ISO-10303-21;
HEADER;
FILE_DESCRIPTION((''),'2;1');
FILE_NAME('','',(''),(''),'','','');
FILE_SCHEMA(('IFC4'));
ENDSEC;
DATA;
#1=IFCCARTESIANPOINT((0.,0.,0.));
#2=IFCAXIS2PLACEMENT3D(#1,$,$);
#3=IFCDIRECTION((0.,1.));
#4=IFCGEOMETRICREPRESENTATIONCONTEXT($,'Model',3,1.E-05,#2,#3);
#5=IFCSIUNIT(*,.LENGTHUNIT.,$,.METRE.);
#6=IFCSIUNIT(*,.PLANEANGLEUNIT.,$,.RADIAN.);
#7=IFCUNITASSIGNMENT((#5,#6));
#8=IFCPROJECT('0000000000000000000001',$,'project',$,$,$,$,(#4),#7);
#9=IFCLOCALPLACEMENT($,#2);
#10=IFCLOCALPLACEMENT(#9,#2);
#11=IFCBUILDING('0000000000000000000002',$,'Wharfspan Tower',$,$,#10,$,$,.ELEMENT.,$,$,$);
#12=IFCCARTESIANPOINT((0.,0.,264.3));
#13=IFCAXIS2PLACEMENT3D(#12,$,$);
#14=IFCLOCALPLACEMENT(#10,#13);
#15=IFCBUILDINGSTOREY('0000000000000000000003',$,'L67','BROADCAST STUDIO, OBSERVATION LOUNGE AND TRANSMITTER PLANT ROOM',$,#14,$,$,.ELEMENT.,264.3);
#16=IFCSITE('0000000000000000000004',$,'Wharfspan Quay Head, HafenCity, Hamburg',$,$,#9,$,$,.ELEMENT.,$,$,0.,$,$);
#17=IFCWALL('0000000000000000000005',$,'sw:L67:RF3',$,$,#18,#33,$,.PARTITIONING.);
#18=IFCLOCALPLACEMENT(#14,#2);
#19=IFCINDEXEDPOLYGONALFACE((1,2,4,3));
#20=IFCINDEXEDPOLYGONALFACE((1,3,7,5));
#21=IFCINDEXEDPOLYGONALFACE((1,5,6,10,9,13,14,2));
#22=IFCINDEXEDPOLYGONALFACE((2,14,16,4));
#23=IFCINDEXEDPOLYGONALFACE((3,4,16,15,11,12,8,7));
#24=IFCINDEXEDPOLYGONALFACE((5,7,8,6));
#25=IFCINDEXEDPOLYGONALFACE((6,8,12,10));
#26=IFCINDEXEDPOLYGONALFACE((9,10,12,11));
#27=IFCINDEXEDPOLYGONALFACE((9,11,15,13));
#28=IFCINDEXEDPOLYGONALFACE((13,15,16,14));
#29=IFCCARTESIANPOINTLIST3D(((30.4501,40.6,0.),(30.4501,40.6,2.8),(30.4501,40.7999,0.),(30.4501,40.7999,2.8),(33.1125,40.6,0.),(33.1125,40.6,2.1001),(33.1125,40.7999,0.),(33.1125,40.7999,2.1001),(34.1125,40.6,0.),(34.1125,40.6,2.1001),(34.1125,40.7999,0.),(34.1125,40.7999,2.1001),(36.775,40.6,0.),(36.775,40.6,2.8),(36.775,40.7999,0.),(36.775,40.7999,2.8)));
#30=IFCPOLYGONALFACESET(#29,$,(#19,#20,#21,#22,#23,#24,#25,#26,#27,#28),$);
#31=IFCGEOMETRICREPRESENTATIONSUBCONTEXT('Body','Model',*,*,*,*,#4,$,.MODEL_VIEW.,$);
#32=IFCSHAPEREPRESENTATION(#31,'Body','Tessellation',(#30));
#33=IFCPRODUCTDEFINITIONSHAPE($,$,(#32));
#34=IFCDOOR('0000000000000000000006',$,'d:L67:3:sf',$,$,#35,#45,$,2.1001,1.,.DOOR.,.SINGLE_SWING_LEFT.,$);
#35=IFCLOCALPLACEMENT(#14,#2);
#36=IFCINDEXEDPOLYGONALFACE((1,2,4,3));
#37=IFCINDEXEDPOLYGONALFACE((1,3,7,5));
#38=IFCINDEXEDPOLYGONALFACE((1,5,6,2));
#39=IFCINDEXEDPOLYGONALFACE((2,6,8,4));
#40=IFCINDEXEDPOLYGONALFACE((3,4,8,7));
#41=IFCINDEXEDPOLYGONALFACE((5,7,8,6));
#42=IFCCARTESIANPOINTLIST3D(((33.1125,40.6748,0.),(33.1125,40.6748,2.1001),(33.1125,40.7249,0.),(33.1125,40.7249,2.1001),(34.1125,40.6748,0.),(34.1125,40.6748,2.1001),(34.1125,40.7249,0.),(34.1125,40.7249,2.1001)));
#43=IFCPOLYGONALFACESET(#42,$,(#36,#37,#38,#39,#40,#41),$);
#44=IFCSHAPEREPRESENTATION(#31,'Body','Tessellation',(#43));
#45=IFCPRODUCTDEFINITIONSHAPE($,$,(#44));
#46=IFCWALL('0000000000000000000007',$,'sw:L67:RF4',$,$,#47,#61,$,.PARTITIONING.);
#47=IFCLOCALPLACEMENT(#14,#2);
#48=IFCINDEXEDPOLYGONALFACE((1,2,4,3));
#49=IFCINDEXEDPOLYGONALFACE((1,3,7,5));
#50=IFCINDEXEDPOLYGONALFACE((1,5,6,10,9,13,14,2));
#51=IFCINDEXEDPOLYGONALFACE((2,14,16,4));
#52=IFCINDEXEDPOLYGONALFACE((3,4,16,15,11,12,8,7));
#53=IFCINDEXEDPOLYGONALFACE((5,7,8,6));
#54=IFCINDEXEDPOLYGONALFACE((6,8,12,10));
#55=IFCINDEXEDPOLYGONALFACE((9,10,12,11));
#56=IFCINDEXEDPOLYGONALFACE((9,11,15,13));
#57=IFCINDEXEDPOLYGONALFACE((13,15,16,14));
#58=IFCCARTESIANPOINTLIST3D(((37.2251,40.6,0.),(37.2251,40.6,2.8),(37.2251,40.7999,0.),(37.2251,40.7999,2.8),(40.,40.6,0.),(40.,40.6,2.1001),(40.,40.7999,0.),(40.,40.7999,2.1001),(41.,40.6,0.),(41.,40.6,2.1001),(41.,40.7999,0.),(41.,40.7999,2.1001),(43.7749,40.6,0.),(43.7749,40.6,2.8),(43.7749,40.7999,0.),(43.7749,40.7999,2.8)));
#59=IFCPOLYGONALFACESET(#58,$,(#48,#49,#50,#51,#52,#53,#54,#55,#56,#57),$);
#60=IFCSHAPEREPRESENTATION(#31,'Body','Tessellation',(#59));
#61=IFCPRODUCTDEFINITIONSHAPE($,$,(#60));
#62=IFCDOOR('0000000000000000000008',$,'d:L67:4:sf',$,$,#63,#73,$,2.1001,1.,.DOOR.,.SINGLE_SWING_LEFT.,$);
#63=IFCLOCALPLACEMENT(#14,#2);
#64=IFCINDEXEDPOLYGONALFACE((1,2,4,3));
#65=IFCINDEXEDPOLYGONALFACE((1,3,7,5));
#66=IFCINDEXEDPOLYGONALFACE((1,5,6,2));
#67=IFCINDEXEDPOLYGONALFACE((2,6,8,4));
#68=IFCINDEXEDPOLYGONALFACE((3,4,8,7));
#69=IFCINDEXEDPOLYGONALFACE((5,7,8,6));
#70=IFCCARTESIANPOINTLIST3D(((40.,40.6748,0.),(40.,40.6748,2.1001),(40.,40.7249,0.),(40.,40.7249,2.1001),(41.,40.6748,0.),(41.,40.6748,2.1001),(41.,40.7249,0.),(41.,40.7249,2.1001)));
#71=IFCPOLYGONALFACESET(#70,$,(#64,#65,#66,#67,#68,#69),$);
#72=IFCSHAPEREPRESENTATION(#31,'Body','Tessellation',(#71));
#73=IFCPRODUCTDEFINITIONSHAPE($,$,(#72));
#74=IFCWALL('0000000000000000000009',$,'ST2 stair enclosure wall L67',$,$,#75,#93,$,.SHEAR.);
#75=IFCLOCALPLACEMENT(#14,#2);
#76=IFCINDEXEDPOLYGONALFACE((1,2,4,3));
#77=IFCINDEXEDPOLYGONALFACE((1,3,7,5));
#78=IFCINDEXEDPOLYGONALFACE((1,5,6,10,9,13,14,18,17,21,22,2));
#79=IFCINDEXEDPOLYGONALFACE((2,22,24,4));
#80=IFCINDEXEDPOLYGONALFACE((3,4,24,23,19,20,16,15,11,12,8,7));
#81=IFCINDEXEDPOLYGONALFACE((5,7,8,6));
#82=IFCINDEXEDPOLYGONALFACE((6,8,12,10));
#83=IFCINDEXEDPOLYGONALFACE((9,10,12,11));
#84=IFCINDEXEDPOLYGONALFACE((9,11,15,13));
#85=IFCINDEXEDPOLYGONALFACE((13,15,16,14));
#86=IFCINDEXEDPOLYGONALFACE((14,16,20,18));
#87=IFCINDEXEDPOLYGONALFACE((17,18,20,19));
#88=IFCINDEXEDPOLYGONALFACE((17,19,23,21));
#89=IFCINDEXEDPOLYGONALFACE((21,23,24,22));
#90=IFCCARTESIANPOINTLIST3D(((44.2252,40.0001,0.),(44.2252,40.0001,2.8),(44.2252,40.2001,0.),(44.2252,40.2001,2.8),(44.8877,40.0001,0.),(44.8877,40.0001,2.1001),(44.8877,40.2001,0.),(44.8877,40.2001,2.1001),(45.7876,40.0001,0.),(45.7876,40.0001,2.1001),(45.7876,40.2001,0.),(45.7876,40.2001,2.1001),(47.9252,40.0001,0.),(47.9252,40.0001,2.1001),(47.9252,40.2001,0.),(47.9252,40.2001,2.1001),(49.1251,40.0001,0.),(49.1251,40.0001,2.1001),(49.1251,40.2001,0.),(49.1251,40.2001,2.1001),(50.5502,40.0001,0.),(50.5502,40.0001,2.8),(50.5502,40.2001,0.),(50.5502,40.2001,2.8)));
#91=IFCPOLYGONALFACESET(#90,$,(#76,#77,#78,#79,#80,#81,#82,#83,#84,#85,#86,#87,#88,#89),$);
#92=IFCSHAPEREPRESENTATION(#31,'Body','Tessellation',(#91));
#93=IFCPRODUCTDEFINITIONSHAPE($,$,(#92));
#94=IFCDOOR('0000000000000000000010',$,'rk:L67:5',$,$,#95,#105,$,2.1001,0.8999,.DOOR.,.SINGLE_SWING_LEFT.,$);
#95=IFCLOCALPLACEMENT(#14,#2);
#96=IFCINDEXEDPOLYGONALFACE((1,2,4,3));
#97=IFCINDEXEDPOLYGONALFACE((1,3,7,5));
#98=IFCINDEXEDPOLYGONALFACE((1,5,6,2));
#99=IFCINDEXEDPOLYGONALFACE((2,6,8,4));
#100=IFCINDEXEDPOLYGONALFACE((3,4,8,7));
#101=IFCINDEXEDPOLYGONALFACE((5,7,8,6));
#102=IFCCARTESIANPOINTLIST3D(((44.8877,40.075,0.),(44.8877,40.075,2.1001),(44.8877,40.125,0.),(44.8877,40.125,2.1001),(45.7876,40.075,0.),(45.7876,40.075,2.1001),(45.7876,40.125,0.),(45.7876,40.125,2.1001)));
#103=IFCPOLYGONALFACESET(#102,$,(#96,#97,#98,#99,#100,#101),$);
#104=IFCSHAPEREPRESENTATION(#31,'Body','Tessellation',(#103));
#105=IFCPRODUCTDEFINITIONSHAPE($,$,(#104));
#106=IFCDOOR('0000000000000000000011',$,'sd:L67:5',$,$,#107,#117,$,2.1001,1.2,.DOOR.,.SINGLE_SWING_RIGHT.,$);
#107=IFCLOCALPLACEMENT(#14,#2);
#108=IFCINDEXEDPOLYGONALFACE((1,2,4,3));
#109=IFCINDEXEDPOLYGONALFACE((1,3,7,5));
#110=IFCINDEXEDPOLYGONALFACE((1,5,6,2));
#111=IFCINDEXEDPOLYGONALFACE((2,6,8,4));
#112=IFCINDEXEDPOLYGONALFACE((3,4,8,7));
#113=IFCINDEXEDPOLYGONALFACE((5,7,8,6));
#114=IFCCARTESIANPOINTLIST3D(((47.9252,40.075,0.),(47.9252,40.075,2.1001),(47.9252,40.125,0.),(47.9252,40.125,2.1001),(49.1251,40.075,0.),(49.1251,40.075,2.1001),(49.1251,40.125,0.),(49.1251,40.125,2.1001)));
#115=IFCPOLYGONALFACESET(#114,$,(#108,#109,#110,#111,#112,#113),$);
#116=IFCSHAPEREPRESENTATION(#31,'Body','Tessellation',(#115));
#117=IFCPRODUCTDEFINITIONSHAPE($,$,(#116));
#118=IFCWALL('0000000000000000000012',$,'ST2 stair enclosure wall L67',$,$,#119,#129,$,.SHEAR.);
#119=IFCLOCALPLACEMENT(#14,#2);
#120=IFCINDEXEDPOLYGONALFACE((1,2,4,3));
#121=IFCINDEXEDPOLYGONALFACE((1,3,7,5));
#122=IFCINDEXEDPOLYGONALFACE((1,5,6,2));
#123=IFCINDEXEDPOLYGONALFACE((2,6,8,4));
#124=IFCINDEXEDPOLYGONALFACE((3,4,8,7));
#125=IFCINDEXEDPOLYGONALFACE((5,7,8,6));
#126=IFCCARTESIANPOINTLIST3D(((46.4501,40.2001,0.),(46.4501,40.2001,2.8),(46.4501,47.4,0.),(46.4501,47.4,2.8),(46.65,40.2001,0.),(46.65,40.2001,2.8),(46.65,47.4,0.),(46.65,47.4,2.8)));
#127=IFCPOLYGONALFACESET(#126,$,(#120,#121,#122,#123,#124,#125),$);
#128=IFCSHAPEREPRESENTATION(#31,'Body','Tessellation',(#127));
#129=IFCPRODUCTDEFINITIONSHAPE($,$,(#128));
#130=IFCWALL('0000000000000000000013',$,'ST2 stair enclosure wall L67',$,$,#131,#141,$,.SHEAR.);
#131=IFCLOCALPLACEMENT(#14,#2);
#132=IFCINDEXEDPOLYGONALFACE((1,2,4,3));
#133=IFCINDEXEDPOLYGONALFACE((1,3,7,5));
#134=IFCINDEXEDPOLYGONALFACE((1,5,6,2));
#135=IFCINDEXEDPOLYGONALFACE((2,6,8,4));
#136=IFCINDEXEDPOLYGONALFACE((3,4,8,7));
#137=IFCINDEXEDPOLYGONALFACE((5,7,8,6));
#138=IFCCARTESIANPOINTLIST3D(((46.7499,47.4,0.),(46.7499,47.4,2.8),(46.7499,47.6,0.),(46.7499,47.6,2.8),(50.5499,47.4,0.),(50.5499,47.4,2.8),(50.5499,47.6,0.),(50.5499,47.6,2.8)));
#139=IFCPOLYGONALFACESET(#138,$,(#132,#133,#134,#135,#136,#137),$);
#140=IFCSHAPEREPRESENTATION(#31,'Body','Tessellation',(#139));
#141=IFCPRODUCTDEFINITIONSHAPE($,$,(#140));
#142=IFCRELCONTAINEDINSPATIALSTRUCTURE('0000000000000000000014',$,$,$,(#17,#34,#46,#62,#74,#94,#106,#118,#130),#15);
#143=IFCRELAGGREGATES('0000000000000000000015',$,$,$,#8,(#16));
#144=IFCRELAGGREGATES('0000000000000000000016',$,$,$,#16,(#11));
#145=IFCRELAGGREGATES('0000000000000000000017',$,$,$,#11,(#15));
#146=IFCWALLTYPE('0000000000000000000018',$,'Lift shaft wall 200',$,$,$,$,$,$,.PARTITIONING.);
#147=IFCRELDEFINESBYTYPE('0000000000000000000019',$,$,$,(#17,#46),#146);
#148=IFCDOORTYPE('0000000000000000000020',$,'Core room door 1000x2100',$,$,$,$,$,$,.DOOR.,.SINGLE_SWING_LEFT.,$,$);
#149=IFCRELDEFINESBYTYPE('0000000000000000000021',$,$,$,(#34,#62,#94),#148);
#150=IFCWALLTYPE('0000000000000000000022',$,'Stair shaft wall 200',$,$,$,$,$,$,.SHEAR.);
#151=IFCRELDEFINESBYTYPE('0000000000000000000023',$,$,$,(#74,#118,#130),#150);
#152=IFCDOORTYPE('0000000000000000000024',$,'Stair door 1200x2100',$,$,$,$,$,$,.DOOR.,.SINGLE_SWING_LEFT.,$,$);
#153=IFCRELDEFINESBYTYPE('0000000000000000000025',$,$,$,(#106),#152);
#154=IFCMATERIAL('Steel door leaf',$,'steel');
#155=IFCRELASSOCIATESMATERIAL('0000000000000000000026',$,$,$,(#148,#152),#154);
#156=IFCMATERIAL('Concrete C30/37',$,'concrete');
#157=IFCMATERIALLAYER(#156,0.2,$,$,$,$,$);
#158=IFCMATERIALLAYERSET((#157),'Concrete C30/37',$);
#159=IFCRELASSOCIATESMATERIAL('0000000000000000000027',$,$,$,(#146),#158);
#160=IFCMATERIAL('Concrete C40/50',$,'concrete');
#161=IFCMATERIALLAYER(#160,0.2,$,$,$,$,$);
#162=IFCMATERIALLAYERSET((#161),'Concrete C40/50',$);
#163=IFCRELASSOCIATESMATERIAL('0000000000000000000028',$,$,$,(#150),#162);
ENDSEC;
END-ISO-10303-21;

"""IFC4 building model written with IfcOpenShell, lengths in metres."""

from ifc_helpers import new_model, si_unit, direction, frame, frame_2d, origin, place, context, subcontext, project, spatial, rectangle, extrude, material, layer, layer_set, type_object, element, fill, save


model = new_model("IFC4")

# Units and contexts
model_context = context("Model", 3, precision=1e-05, world=origin(), true_north=direction((0.0, 1.0)))
body_context = subcontext(model_context, "Body", "Model", "MODEL_VIEW")
ifc_project = project(units=[si_unit("LENGTHUNIT", "METRE"), si_unit("PLANEANGLEUNIT", "RADIAN")], contexts=[model_context])

# Site, building, storey
site_placement = place(None, origin())
site = spatial("IfcSite", under=ifc_project, at=site_placement, Name="Wharfspan Quay Head, HafenCity, Hamburg", CompositionType="ELEMENT", RefElevation=0.0)
building_placement = place(site_placement, origin())
building = spatial("IfcBuilding", under=site, at=building_placement, Name="Wharfspan Tower", CompositionType="ELEMENT")
storey_placement = place(building_placement, frame((0.0, 0.0, 264.3)))
storey = spatial("IfcBuildingStorey", under=building, at=storey_placement, Name="L67", Description="BROADCAST STUDIO, OBSERVATION LOUNGE AND TRANSMITTER PLANT ROOM", CompositionType="ELEMENT", Elevation=264.3)

# Shared definitions
ifc_material_1 = material(Name="Steel door leaf", Category="steel")
door_type_1 = type_object("IfcDoorType", Name="Core room door 1000x2100", OperationType="SINGLE_SWING_LEFT", PredefinedType="DOOR", material=ifc_material_1)

# Walls, openings, doors
ifc_material_2 = material(Name="Concrete C30/37", Category="concrete")
ifc_layer_1 = layer(ifc_material_2, 0.2)
ifc_layer_set_1 = layer_set([ifc_layer_1], Name="Concrete C30/37")
wall_type_1 = type_object("IfcWallType", Name="Lift shaft wall 200", PredefinedType="PARTITIONING", material=ifc_layer_set_1)
wall_1_placement = place(storey_placement, frame((30.45, 40.7, 0.0), z_axis=(0.0, 0.0, 1.0), x_axis=(1.0, 0.0, 0.0)))
wall_1 = element("IfcWall", 1, at=wall_1_placement, inside=storey, type_object=wall_type_1, Name="sw:L67:RF3", PredefinedType="PARTITIONING", context=body_context, shape_type="SweptSolid", body=[
    extrude(rectangle(XDim=6.325, YDim=0.2, at=frame_2d((3.1626, 0.0))), origin(), (0.0, 0.0, 1.0), 2.8),
])
opening_1_placement = place(wall_1_placement, frame((2.6626, 0.0, 0.0)))
opening_1 = element("IfcOpeningElement", 2, at=opening_1_placement, cuts=wall_1, PredefinedType="OPENING", context=body_context, shape_type="SweptSolid", body=[
    extrude(rectangle(XDim=1.0, YDim=2.1001, at=frame_2d((0.5, 1.05))), frame((0.0, 0.1099, 0.0), z_axis=(0.0, -1.0, 0.0), x_axis=(1.0, 0.0, 0.0)), (0.0, 0.0, 1.0), 0.22),
])
door_1_placement = place(opening_1_placement, origin())
door_1 = element("IfcDoor", 3, at=door_1_placement, inside=storey, type_object=door_type_1, Name="d:L67:3:sf", OperationType="SINGLE_SWING_LEFT", OverallHeight=2.1001, OverallWidth=1.0, PredefinedType="DOOR", context=body_context, shape_type="SweptSolid", body=[
    extrude(rectangle(XDim=1.0, YDim=2.1001, at=frame_2d((0.5, 1.05))), frame((0.0, 0.0249, 0.0), z_axis=(0.0, -1.0, 0.0), x_axis=(1.0, 0.0, 0.0)), (0.0, 0.0, 1.0), 0.05),
])
fill(opening_1, door_1)
wall_2_placement = place(storey_placement, frame((37.2251, 40.7, 0.0), z_axis=(0.0, 0.0, 1.0), x_axis=(1.0, 0.0, 0.0)))
wall_2 = element("IfcWall", 4, at=wall_2_placement, inside=storey, type_object=wall_type_1, Name="sw:L67:RF4", PredefinedType="PARTITIONING", context=body_context, shape_type="SweptSolid", body=[
    extrude(rectangle(XDim=6.5498, YDim=0.2, at=frame_2d((3.2749, 0.0))), origin(), (0.0, 0.0, 1.0), 2.8),
])
opening_2_placement = place(wall_2_placement, frame((2.7749, 0.0, 0.0)))
opening_2 = element("IfcOpeningElement", 5, at=opening_2_placement, cuts=wall_2, PredefinedType="OPENING", context=body_context, shape_type="SweptSolid", body=[
    extrude(rectangle(XDim=1.0, YDim=2.1001, at=frame_2d((0.5, 1.05))), frame((0.0, 0.1099, 0.0), z_axis=(0.0, -1.0, 0.0), x_axis=(1.0, 0.0, 0.0)), (0.0, 0.0, 1.0), 0.22),
])
door_2_placement = place(opening_2_placement, origin())
door_2 = element("IfcDoor", 6, at=door_2_placement, inside=storey, type_object=door_type_1, Name="d:L67:4:sf", OperationType="SINGLE_SWING_LEFT", OverallHeight=2.1001, OverallWidth=1.0, PredefinedType="DOOR", context=body_context, shape_type="SweptSolid", body=[
    extrude(rectangle(XDim=1.0, YDim=2.1001, at=frame_2d((0.5, 1.05))), frame((0.0, 0.0249, 0.0), z_axis=(0.0, -1.0, 0.0), x_axis=(1.0, 0.0, 0.0)), (0.0, 0.0, 1.0), 0.05),
])
fill(opening_2, door_2)

# Wall, openings, doors
ifc_material_3 = material(Name="Concrete C40/50", Category="concrete")
ifc_layer_2 = layer(ifc_material_3, 0.2)
ifc_layer_set_2 = layer_set([ifc_layer_2], Name="Concrete C40/50")
wall_type_2 = type_object("IfcWallType", Name="Stair shaft wall 200", PredefinedType="SHEAR", material=ifc_layer_set_2)
wall_3_placement = place(storey_placement, frame((44.2251, 40.1001, 0.0), z_axis=(0.0, 0.0, 1.0), x_axis=(1.0, 0.0, 0.0)))
wall_3 = element("IfcWall", 7, at=wall_3_placement, inside=storey, type_object=wall_type_2, Name="ST2 stair enclosure wall L67", PredefinedType="SHEAR", context=body_context, shape_type="SweptSolid", body=[
    extrude(rectangle(XDim=6.325, YDim=0.2, at=frame_2d((3.1626, 0.0))), origin(), (0.0, 0.0, 1.0), 2.8),
])
opening_3_placement = place(wall_3_placement, frame((3.7, 0.0, 0.0)))
opening_3 = element("IfcOpeningElement", 8, at=opening_3_placement, cuts=wall_3, PredefinedType="OPENING", context=body_context, shape_type="SweptSolid", body=[
    extrude(rectangle(XDim=1.2, YDim=2.1001, at=frame_2d((0.6001, 1.05))), frame((0.0, 0.1099, 0.0), z_axis=(0.0, -1.0, 0.0), x_axis=(1.0, 0.0, 0.0)), (0.0, 0.0, 1.0), 0.22),
])
opening_4_placement = place(wall_3_placement, frame((0.6626, 0.0, 0.0)))
opening_4 = element("IfcOpeningElement", 9, at=opening_4_placement, cuts=wall_3, PredefinedType="OPENING", context=body_context, shape_type="SweptSolid", body=[
    extrude(rectangle(XDim=0.8999, YDim=2.1001, at=frame_2d((0.45, 1.05))), frame((0.0, 0.1099, 0.0), z_axis=(0.0, -1.0, 0.0), x_axis=(1.0, 0.0, 0.0)), (0.0, 0.0, 1.0), 0.22),
])
door_3_placement = place(opening_4_placement, origin())
door_3 = element("IfcDoor", 10, at=door_3_placement, inside=storey, type_object=door_type_1, Name="rk:L67:5", OperationType="SINGLE_SWING_LEFT", OverallHeight=2.1001, OverallWidth=0.8999, PredefinedType="DOOR", context=body_context, shape_type="SweptSolid", body=[
    extrude(rectangle(XDim=0.8999, YDim=2.1001, at=frame_2d((0.45, 1.05))), frame((0.0, 0.0249, 0.0), z_axis=(0.0, -1.0, 0.0), x_axis=(1.0, 0.0, 0.0)), (0.0, 0.0, 1.0), 0.05),
])
fill(opening_4, door_3)
door_type_2 = type_object("IfcDoorType", Name="Stair door 1200x2100", OperationType="SINGLE_SWING_LEFT", PredefinedType="DOOR", material=ifc_material_1)
door_4_placement = place(opening_3_placement, origin())
door_4 = element("IfcDoor", 11, at=door_4_placement, inside=storey, type_object=door_type_2, Name="sd:L67:5", OperationType="SINGLE_SWING_RIGHT", OverallHeight=2.1001, OverallWidth=1.2, PredefinedType="DOOR", context=body_context, shape_type="SweptSolid", body=[
    extrude(rectangle(XDim=1.2, YDim=2.1001, at=frame_2d((0.6001, 1.05))), frame((0.0, 0.0249, 0.0), z_axis=(0.0, -1.0, 0.0), x_axis=(1.0, 0.0, 0.0)), (0.0, 0.0, 1.0), 0.05),
])
fill(opening_3, door_4)

# Walls
wall_4_placement = place(storey_placement, frame((46.55, 40.2, 0.0), z_axis=(0.0, 0.0, 1.0), x_axis=(0.0, 1.0, 0.0)))
element("IfcWall", 12, at=wall_4_placement, inside=storey, type_object=wall_type_2, Name="ST2 stair enclosure wall L67", PredefinedType="SHEAR", context=body_context, shape_type="SweptSolid", body=[
    extrude(rectangle(XDim=7.2, YDim=0.2, at=frame_2d((3.6001, 0.0))), origin(), (0.0, 0.0, 1.0), 2.8),
])
wall_5_placement = place(storey_placement, frame((46.75, 47.5, 0.0), z_axis=(0.0, 0.0, 1.0), x_axis=(1.0, 0.0, 0.0)))
element("IfcWall", 13, at=wall_5_placement, inside=storey, type_object=wall_type_2, Name="ST2 stair enclosure wall L67", PredefinedType="SHEAR", context=body_context, shape_type="SweptSolid", body=[
    extrude(rectangle(XDim=3.8, YDim=0.2, at=frame_2d((1.8999, 0.0))), origin(), (0.0, 0.0, 1.0), 2.8),
])

save(model, "model.ifc")
